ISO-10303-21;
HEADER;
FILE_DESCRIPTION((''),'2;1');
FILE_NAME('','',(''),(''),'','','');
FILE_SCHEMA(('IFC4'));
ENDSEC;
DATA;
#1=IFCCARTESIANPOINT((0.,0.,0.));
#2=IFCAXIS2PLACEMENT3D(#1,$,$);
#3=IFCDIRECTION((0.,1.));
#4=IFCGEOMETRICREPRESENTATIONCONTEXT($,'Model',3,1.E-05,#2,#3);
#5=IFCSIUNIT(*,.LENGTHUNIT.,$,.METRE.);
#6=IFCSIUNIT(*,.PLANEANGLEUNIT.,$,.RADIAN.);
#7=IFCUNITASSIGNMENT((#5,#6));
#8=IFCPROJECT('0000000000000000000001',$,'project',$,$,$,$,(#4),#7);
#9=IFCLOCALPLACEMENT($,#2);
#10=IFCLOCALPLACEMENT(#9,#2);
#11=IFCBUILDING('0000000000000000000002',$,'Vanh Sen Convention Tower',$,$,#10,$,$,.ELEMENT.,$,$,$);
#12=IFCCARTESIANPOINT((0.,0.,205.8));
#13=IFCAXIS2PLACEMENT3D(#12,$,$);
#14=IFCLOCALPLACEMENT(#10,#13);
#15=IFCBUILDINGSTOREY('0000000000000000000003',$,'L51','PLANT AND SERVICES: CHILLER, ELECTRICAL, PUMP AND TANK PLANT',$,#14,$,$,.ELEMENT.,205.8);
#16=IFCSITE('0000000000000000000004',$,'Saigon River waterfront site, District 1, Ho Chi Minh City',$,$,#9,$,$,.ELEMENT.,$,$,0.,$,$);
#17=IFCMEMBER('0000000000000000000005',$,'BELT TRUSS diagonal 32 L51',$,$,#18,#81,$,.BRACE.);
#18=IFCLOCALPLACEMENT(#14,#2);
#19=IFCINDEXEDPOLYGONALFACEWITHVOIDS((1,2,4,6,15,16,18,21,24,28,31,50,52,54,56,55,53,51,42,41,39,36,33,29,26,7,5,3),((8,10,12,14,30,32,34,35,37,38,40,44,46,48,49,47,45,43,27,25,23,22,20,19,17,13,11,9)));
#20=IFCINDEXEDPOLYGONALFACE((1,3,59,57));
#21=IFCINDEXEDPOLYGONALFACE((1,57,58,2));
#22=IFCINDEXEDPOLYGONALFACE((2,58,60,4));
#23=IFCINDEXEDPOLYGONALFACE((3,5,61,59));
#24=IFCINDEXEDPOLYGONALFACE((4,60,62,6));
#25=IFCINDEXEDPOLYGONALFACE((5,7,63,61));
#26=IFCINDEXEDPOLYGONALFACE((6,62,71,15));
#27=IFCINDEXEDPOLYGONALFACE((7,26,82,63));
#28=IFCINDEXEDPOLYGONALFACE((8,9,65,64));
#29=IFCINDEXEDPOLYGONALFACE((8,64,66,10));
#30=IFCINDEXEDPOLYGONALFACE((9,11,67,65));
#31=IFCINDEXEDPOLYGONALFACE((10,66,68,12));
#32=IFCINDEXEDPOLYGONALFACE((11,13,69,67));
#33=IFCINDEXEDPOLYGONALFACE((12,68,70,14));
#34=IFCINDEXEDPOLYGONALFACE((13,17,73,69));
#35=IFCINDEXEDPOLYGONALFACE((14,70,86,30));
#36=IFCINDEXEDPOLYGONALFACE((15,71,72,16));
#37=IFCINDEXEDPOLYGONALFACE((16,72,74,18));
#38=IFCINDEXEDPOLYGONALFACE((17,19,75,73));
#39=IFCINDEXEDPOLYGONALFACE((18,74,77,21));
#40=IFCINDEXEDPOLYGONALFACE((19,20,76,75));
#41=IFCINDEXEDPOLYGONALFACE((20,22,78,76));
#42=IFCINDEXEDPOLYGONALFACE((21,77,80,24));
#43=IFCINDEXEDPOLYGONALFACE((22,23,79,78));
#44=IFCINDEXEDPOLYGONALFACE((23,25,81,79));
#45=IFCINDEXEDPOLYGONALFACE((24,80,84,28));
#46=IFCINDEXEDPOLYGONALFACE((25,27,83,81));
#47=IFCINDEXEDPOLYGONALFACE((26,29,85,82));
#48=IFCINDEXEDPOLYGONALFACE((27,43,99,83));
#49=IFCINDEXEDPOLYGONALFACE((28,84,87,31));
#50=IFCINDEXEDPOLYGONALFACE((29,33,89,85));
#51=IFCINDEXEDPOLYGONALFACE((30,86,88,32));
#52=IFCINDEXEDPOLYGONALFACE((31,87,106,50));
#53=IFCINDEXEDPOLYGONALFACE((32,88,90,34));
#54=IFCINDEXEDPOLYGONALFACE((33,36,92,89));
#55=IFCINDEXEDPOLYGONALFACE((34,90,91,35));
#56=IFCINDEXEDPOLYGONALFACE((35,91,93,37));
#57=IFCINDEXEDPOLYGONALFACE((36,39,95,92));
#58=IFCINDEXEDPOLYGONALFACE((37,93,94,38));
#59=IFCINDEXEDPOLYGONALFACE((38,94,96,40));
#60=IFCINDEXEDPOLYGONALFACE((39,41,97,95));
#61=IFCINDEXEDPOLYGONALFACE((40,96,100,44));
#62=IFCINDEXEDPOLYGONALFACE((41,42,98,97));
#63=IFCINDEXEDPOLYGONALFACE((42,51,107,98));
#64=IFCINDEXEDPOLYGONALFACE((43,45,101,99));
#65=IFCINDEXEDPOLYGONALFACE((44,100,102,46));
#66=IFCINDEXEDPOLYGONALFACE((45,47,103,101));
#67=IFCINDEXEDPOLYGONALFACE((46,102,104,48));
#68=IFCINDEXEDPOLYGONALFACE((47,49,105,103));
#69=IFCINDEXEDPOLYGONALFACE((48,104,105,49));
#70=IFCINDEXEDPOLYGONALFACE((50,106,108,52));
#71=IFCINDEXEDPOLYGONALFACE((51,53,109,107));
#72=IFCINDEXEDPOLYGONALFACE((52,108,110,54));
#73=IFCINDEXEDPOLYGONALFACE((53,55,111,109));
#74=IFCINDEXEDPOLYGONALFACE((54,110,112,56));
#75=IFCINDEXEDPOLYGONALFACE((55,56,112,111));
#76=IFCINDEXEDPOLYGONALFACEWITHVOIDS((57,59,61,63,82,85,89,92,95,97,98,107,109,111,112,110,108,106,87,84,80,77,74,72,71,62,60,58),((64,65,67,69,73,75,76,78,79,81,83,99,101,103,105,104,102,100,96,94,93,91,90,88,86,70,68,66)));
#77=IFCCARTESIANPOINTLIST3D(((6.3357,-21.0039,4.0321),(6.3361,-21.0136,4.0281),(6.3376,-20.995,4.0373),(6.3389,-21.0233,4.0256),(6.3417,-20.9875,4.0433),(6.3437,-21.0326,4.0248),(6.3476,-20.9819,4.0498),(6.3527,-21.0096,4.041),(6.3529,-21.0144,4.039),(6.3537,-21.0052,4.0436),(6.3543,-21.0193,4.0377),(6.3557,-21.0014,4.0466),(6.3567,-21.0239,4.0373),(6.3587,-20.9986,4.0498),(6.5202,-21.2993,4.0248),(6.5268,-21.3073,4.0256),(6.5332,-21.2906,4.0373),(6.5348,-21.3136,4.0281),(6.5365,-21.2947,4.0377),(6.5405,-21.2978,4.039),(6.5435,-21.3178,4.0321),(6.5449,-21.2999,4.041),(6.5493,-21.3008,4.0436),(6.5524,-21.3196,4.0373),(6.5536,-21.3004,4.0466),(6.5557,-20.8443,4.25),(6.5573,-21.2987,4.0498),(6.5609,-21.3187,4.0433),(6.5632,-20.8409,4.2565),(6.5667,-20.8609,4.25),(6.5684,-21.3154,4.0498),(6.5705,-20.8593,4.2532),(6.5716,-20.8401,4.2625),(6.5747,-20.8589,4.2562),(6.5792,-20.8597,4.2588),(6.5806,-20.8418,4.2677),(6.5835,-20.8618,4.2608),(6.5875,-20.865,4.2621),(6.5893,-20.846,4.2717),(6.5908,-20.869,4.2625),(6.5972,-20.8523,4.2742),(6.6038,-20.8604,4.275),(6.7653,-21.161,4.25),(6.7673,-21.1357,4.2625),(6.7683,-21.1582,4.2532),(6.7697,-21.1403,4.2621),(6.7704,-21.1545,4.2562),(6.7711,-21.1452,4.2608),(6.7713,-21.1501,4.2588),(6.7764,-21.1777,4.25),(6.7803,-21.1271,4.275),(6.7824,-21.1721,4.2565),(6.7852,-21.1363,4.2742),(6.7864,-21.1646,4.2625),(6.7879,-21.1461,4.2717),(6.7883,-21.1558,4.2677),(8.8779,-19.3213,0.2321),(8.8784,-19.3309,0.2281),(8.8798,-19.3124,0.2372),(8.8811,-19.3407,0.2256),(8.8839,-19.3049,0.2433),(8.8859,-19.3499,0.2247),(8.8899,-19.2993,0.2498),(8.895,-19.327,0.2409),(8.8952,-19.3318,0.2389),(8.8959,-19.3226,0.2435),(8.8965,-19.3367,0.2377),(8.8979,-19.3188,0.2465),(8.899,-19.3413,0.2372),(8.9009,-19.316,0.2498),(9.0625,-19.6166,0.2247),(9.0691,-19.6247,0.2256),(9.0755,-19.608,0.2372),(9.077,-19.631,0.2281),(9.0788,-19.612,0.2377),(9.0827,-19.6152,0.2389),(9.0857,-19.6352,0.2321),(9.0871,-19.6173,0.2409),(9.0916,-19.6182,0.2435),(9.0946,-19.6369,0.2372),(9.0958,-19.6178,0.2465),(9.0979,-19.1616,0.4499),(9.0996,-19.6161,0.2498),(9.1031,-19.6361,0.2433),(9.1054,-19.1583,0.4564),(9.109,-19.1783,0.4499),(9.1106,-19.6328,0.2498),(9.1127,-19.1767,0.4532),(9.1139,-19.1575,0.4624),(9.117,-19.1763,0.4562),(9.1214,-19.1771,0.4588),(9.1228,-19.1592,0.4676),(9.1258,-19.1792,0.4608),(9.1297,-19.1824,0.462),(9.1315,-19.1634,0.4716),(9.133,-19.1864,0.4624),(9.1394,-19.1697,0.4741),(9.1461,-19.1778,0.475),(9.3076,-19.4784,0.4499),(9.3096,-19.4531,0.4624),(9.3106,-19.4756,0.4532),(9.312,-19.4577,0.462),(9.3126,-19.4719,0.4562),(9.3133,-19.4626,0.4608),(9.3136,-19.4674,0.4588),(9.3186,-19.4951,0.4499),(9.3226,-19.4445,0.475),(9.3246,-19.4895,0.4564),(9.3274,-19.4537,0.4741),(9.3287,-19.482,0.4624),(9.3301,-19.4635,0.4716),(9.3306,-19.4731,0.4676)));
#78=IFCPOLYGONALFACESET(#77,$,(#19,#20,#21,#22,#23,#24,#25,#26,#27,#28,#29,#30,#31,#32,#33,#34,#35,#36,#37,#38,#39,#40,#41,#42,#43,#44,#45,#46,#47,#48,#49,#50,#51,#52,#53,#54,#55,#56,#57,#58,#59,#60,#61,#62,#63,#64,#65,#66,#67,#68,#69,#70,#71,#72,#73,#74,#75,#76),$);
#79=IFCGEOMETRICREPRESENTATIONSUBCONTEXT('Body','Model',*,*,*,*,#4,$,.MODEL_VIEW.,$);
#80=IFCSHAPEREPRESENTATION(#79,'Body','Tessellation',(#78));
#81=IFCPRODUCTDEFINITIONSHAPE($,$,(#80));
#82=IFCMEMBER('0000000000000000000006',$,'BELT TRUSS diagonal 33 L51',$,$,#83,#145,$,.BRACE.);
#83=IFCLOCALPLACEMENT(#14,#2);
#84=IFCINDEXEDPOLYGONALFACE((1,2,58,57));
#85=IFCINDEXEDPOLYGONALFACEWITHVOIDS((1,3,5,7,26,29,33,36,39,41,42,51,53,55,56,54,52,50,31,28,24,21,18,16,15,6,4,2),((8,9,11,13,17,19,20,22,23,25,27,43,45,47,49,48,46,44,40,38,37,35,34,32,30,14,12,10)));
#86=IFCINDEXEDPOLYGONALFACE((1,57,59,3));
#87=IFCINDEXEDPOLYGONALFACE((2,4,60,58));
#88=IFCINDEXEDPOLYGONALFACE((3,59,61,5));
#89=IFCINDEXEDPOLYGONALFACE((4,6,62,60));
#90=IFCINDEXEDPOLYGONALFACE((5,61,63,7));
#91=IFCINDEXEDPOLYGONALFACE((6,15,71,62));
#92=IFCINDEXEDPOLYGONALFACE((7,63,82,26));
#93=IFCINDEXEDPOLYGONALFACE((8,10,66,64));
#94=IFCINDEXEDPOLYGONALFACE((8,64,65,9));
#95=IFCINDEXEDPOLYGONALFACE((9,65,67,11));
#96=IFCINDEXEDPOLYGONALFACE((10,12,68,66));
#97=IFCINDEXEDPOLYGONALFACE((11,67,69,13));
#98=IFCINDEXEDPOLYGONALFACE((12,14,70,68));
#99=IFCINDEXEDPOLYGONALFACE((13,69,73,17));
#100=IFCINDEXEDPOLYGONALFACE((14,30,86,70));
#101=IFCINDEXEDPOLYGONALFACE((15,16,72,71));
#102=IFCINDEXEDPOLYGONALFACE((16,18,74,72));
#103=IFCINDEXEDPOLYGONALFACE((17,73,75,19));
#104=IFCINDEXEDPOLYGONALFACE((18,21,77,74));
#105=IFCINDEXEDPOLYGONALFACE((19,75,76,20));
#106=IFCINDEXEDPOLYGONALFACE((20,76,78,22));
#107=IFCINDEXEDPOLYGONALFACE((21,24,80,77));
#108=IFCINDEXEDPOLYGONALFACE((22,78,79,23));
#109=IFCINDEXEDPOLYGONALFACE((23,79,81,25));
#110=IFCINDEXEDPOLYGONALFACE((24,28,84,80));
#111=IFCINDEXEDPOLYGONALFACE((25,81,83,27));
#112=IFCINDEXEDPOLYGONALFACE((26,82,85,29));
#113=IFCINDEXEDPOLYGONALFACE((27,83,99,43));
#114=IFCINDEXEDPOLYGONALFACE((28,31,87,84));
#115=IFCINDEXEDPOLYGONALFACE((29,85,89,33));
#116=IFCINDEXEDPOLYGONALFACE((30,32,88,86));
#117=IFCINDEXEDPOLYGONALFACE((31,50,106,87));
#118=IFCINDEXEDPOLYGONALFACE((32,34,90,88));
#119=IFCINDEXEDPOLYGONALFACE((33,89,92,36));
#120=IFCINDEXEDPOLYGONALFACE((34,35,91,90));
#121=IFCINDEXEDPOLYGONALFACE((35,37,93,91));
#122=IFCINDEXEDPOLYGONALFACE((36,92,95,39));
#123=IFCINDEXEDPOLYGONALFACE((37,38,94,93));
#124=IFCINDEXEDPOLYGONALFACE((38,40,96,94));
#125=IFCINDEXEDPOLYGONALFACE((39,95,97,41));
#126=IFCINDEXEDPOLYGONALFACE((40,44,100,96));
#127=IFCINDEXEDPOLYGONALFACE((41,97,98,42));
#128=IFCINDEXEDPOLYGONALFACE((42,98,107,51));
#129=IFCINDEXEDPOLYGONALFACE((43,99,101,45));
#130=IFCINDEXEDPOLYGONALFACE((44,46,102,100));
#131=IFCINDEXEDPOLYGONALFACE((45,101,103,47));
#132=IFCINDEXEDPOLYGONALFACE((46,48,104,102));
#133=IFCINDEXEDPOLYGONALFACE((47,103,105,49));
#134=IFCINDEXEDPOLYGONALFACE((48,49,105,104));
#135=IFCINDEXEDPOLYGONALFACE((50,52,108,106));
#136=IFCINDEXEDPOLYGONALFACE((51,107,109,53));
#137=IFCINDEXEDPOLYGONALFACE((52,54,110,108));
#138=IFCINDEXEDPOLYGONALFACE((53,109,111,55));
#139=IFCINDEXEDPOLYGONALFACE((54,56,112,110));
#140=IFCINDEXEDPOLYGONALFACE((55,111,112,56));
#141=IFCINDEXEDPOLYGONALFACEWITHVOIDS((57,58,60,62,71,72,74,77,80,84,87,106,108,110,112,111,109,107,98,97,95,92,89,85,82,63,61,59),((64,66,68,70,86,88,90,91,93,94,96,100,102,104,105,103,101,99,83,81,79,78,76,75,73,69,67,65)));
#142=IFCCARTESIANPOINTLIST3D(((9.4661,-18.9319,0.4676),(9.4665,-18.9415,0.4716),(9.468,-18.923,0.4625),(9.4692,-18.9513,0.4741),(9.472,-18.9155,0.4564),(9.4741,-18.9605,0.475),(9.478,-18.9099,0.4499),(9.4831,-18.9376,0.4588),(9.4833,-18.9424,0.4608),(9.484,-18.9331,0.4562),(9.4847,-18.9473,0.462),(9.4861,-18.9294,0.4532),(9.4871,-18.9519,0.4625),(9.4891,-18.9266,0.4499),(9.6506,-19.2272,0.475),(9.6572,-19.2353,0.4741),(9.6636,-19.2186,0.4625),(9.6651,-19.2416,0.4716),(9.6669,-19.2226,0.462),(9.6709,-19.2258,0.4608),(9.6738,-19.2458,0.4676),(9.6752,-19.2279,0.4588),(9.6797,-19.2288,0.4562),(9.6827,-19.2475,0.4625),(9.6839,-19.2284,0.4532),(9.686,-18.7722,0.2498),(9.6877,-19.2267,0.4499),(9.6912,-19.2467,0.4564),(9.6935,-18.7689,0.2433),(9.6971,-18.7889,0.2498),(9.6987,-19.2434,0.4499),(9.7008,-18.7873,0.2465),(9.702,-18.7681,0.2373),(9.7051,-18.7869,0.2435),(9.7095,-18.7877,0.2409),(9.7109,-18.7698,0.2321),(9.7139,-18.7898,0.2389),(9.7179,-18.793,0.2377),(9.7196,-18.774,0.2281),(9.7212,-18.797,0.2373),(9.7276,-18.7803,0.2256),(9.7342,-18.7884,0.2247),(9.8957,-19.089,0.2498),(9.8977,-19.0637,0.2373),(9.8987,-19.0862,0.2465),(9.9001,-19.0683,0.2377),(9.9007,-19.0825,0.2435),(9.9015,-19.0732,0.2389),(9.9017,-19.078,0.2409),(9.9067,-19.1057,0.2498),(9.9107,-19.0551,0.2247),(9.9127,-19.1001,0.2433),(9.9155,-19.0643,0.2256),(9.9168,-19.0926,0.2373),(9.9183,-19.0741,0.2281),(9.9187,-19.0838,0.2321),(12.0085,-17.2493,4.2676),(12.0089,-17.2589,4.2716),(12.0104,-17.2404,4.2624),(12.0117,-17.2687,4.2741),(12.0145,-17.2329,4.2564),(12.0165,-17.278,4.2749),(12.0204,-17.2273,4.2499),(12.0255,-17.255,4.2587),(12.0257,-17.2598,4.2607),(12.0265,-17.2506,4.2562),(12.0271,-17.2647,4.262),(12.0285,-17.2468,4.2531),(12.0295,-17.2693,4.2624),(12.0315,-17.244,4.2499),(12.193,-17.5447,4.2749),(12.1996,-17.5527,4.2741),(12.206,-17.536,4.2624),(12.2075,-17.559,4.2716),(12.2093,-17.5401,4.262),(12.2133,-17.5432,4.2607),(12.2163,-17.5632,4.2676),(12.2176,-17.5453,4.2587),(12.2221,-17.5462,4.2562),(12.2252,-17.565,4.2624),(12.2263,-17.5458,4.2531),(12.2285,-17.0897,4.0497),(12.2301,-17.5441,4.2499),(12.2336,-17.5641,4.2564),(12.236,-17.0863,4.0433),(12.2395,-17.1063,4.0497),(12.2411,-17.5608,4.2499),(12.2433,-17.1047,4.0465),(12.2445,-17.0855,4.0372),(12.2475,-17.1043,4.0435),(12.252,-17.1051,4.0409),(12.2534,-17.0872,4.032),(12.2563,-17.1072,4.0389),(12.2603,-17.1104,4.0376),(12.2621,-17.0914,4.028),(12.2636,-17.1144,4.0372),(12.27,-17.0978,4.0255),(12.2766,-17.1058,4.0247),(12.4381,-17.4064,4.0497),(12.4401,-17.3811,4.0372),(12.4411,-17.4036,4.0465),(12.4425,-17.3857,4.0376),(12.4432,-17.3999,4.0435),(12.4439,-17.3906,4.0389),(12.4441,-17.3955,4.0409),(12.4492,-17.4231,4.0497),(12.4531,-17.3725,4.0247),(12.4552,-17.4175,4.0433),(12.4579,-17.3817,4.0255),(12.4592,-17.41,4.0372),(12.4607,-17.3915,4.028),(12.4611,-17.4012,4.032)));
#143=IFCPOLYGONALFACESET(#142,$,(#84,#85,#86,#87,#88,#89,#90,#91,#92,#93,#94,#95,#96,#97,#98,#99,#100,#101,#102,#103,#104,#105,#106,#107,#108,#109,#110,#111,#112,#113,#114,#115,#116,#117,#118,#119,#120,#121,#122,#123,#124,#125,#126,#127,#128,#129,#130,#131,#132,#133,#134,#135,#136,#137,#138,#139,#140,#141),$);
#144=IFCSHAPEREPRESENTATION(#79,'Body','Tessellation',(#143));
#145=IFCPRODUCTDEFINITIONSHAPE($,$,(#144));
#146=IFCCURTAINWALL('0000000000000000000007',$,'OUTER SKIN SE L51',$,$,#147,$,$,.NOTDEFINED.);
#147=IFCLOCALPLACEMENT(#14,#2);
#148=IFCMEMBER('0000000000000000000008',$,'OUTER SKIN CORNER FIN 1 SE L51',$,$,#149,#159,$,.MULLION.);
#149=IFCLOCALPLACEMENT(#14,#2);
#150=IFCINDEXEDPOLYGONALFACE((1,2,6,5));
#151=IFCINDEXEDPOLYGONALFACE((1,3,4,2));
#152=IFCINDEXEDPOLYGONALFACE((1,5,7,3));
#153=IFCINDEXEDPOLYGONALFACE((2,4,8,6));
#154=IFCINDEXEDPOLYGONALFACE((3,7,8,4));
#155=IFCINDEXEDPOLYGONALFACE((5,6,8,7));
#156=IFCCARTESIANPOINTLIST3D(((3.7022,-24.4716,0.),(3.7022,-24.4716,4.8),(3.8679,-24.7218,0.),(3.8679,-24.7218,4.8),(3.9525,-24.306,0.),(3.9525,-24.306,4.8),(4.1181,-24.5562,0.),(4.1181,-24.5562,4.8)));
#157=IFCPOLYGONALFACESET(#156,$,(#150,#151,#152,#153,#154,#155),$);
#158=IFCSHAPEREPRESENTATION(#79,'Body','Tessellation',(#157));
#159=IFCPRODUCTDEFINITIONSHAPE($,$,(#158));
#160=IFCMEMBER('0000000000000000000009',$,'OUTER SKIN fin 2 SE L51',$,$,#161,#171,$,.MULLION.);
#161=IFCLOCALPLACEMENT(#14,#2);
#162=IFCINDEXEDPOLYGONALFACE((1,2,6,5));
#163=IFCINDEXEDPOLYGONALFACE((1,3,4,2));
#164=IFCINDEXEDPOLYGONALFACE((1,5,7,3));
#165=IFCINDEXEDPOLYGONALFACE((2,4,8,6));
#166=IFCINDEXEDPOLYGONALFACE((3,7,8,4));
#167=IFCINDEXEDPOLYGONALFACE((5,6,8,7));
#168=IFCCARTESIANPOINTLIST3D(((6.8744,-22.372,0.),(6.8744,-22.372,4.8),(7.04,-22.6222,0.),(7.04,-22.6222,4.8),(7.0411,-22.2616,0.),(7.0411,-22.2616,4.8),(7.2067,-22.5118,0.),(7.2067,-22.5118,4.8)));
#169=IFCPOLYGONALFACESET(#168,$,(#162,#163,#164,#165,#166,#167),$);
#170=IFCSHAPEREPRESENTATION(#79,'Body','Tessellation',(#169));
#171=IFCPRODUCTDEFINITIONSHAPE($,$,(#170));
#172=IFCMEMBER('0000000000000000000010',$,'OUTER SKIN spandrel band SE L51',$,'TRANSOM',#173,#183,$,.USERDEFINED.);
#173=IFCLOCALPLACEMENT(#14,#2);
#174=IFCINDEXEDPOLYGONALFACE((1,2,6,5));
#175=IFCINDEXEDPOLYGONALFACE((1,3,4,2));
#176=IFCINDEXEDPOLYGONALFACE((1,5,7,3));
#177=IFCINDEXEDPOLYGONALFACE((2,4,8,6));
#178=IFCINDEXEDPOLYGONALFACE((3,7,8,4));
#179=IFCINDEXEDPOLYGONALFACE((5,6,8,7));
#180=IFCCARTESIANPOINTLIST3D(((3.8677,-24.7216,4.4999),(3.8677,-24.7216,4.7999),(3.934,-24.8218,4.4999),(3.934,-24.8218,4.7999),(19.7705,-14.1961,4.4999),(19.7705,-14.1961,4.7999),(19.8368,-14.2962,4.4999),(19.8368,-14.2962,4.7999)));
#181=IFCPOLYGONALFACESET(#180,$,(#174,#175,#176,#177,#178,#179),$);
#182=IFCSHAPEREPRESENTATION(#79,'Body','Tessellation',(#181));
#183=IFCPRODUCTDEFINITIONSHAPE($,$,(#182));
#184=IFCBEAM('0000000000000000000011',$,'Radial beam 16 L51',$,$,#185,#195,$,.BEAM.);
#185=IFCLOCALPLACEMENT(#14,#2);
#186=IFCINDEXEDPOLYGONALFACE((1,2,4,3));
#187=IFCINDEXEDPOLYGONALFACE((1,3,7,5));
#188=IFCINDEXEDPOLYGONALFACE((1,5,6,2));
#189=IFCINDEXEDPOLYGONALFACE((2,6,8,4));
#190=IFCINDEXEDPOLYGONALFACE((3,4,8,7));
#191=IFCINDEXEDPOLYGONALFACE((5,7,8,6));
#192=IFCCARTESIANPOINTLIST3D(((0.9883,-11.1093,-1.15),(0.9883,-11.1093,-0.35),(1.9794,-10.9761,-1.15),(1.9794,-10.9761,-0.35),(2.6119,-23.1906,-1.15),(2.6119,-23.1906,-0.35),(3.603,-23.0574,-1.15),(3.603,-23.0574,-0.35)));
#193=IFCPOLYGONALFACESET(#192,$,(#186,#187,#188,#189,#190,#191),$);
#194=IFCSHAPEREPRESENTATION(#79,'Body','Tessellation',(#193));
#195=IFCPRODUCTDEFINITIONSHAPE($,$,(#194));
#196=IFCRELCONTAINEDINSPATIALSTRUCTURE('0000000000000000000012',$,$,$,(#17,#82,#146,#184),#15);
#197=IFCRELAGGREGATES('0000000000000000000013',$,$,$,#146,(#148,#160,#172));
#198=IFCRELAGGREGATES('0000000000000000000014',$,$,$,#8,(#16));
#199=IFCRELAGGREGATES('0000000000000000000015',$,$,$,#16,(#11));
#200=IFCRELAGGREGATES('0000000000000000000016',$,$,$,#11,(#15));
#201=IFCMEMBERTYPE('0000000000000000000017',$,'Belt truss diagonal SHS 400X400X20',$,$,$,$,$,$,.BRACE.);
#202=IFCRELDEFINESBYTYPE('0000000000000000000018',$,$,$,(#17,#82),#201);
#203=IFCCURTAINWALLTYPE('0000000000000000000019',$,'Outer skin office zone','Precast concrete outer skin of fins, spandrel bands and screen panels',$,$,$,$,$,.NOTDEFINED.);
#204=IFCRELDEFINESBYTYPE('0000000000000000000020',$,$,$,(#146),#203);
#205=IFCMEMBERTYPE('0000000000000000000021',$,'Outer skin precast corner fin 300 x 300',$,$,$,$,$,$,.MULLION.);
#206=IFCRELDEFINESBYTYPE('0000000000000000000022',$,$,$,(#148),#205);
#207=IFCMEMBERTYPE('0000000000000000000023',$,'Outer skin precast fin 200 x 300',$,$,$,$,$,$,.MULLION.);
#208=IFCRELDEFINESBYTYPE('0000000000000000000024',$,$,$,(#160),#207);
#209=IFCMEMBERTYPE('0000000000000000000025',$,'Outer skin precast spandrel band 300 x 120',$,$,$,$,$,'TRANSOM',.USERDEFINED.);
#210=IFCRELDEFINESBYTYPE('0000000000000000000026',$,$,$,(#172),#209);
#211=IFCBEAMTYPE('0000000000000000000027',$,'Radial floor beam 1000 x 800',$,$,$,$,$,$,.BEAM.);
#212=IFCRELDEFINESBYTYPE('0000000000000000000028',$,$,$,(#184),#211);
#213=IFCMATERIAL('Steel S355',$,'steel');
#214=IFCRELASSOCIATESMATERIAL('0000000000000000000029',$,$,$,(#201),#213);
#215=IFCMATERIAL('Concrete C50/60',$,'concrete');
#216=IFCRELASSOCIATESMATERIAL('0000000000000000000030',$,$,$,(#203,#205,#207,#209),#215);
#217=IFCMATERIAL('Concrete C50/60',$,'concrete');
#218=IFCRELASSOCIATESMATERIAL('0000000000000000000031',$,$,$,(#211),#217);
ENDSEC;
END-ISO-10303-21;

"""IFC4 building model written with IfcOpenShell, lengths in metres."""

from ifc_helpers import new_model, si_unit, direction, frame, origin, origin_2d, place, context, subcontext, project, spatial, rectangle, hollow_rectangle, extrude, material, material_profile, profile_set, type_object, element, aggregate, save


model = new_model("IFC4")

# Units and contexts
model_context = context("Model", 3, precision=1e-05, world=origin(), true_north=direction((0.0, 1.0)))
body_context = subcontext(model_context, "Body", "Model", "MODEL_VIEW")
ifc_project = project(units=[si_unit("LENGTHUNIT", "METRE"), si_unit("PLANEANGLEUNIT", "RADIAN")], contexts=[model_context])

# Site, building, storey
site_placement = place(None, origin())
site = spatial("IfcSite", under=ifc_project, at=site_placement, Name="Saigon River waterfront site, District 1, Ho Chi Minh City", CompositionType="ELEMENT", RefElevation=0.0)
building_placement = place(site_placement, origin())
building = spatial("IfcBuilding", under=site, at=building_placement, Name="Vanh Sen Convention Tower", CompositionType="ELEMENT")
storey_placement = place(building_placement, frame((0.0, 0.0, 205.8)))
storey = spatial("IfcBuildingStorey", under=building, at=storey_placement, Name="L51", Description="PLANT AND SERVICES: CHILLER, ELECTRICAL, PUMP AND TANK PLANT", CompositionType="ELEMENT", Elevation=205.8)

# Members
ifc_material_1 = material(Name="Steel S355", Category="steel")
ifc_material_profile_1 = material_profile(ifc_material_1, hollow_rectangle(XDim=0.3999, YDim=0.3999, WallThickness=0.02, InnerFilletRadius=0.02, OuterFilletRadius=0.04, at=origin_2d()), Name="SHS 400X400X20")
ifc_profile_set_1 = profile_set([ifc_material_profile_1], Name="Steel S355")
member_type_1 = type_object("IfcMemberType", Name="Belt truss diagonal SHS 400X400X20", PredefinedType="BRACE", material=ifc_profile_set_1)
for number, where, z_axis, x_axis, name in (
    (1, (6.562, -21.0798, 4.1499), (0.521826, 0.345378, -0.780008), (-0.551925, 0.833894, 0.0), "BELT TRUSS diagonal 32 L51"),
    (2, (9.6924, -19.0078, 0.3499), (0.521862, 0.345369, 0.779987), (-0.551888, 0.833918, 0.0), "BELT TRUSS diagonal 33 L51"),
):
    element("IfcMember", number, at=place(storey_placement, frame(where, z_axis=z_axis, x_axis=x_axis)), inside=storey, type_object=member_type_1, Name=name, PredefinedType="BRACE", context=body_context, shape_type="SweptSolid", body=[
        extrude(hollow_rectangle(XDim=0.3999, YDim=0.3999, WallThickness=0.02, InnerFilletRadius=0.02, OuterFilletRadius=0.04, at=origin_2d()), origin(), (0.0, 0.0, 1.0), 4.8718),
    ])

# Curtain wall, members
ifc_material_2 = material(Name="Concrete C50/60", Category="concrete")
curtain_wall_type = type_object("IfcCurtainWallType", Name="Outer skin office zone", Description="Precast concrete outer skin of fins, spandrel bands and screen panels", PredefinedType="NOTDEFINED", material=ifc_material_2)
curtain_wall_1_placement = place(storey_placement, origin())
curtain_wall_1 = element("IfcCurtainWall", 3, at=curtain_wall_1_placement, inside=storey, type_object=curtain_wall_type, Name="OUTER SKIN SE L51", PredefinedType="NOTDEFINED")
ifc_material_profile_2 = material_profile(ifc_material_2, rectangle(XDim=0.3, YDim=0.3, at=origin_2d()), Name="Outer skin precast corner fin 300 x 300")
ifc_profile_set_2 = profile_set([ifc_material_profile_2], Name="Concrete C50/60")
member_type_2 = type_object("IfcMemberType", Name="Outer skin precast corner fin 300 x 300", PredefinedType="MULLION", material=ifc_profile_set_2)
member_1_placement = place(storey_placement, frame((3.9102, -24.5139, 0.0), z_axis=(0.0, 0.0, 1.0), x_axis=(0.833886, 0.551937, 0.0)))
member_1 = element("IfcMember", 4, at=member_1_placement, type_object=member_type_2, Name="OUTER SKIN CORNER FIN 1 SE L51", PredefinedType="MULLION", context=body_context, shape_type="SweptSolid", body=[
    extrude(rectangle(XDim=0.3, YDim=0.3, at=origin_2d()), origin(), (0.0, 0.0, 1.0), 4.8),
])
ifc_material_profile_3 = material_profile(ifc_material_2, rectangle(XDim=0.2, YDim=0.3, at=origin_2d()), Name="Outer skin precast fin 200 x 300")
ifc_profile_set_3 = profile_set([ifc_material_profile_3], Name="Concrete C50/60")
member_type_3 = type_object("IfcMemberType", Name="Outer skin precast fin 200 x 300", PredefinedType="MULLION", material=ifc_profile_set_3)
member_2_placement = place(storey_placement, frame((7.0405, -22.4419, 0.0), z_axis=(0.0, 0.0, 1.0), x_axis=(0.833886, 0.551937, 0.0)))
member_2 = element("IfcMember", 5, at=member_2_placement, type_object=member_type_3, Name="OUTER SKIN fin 2 SE L51", PredefinedType="MULLION", context=body_context, shape_type="SweptSolid", body=[
    extrude(rectangle(XDim=0.2, YDim=0.3, at=origin_2d()), origin(), (0.0, 0.0, 1.0), 4.8),
])
ifc_material_profile_4 = material_profile(ifc_material_2, rectangle(XDim=0.1201, YDim=0.3, at=origin_2d()), Name="Outer skin precast spandrel band 300 x 120")
ifc_profile_set_4 = profile_set([ifc_material_profile_4], Name="Concrete C50/60")
member_type_4 = type_object("IfcMemberType", Name="Outer skin precast spandrel band 300 x 120", ElementType="TRANSOM", PredefinedType="USERDEFINED", material=ifc_profile_set_4)
member_3_placement = place(storey_placement, frame((3.9009, -24.7717, 4.6499), z_axis=(0.833891, 0.551929, 0.0), x_axis=(-0.551929, 0.833891, 0.0)))
member_3 = element("IfcMember", 6, at=member_3_placement, type_object=member_type_4, Name="OUTER SKIN spandrel band SE L51", ObjectType="TRANSOM", PredefinedType="USERDEFINED", context=body_context, shape_type="SweptSolid", body=[
    extrude(rectangle(XDim=0.1201, YDim=0.3, at=origin_2d()), origin(), (0.0, 0.0, 1.0), 19.0706),
])

# Beam
ifc_material_3 = material(Name="Concrete C50/60", Category="concrete")
ifc_material_profile_5 = material_profile(ifc_material_3, rectangle(XDim=1.0, YDim=0.8, at=origin_2d()), Name="RC 1000X800")
ifc_profile_set_5 = profile_set([ifc_material_profile_5], Name="Concrete C50/60")
beam_type_1 = type_object("IfcBeamType", Name="Radial floor beam 1000 x 800", PredefinedType="BEAM", material=ifc_profile_set_5)
beam_1_placement = place(storey_placement, frame((3.1074, -23.124, -0.75), z_axis=(-0.133187, 0.991091, 0.0), x_axis=(-0.991091, -0.133187, 0.0)))
element("IfcBeam", 7, at=beam_1_placement, inside=storey, type_object=beam_type_1, Name="Radial beam 16 L51", PredefinedType="BEAM", context=body_context, shape_type="SweptSolid", body=[
    extrude(rectangle(XDim=1.0, YDim=0.8, at=origin_2d()), origin(), (0.0, 0.0, 1.0), 12.1899),
])

aggregate(curtain_wall_1, [member_1, member_2, member_3])

save(model, "model.ifc")
